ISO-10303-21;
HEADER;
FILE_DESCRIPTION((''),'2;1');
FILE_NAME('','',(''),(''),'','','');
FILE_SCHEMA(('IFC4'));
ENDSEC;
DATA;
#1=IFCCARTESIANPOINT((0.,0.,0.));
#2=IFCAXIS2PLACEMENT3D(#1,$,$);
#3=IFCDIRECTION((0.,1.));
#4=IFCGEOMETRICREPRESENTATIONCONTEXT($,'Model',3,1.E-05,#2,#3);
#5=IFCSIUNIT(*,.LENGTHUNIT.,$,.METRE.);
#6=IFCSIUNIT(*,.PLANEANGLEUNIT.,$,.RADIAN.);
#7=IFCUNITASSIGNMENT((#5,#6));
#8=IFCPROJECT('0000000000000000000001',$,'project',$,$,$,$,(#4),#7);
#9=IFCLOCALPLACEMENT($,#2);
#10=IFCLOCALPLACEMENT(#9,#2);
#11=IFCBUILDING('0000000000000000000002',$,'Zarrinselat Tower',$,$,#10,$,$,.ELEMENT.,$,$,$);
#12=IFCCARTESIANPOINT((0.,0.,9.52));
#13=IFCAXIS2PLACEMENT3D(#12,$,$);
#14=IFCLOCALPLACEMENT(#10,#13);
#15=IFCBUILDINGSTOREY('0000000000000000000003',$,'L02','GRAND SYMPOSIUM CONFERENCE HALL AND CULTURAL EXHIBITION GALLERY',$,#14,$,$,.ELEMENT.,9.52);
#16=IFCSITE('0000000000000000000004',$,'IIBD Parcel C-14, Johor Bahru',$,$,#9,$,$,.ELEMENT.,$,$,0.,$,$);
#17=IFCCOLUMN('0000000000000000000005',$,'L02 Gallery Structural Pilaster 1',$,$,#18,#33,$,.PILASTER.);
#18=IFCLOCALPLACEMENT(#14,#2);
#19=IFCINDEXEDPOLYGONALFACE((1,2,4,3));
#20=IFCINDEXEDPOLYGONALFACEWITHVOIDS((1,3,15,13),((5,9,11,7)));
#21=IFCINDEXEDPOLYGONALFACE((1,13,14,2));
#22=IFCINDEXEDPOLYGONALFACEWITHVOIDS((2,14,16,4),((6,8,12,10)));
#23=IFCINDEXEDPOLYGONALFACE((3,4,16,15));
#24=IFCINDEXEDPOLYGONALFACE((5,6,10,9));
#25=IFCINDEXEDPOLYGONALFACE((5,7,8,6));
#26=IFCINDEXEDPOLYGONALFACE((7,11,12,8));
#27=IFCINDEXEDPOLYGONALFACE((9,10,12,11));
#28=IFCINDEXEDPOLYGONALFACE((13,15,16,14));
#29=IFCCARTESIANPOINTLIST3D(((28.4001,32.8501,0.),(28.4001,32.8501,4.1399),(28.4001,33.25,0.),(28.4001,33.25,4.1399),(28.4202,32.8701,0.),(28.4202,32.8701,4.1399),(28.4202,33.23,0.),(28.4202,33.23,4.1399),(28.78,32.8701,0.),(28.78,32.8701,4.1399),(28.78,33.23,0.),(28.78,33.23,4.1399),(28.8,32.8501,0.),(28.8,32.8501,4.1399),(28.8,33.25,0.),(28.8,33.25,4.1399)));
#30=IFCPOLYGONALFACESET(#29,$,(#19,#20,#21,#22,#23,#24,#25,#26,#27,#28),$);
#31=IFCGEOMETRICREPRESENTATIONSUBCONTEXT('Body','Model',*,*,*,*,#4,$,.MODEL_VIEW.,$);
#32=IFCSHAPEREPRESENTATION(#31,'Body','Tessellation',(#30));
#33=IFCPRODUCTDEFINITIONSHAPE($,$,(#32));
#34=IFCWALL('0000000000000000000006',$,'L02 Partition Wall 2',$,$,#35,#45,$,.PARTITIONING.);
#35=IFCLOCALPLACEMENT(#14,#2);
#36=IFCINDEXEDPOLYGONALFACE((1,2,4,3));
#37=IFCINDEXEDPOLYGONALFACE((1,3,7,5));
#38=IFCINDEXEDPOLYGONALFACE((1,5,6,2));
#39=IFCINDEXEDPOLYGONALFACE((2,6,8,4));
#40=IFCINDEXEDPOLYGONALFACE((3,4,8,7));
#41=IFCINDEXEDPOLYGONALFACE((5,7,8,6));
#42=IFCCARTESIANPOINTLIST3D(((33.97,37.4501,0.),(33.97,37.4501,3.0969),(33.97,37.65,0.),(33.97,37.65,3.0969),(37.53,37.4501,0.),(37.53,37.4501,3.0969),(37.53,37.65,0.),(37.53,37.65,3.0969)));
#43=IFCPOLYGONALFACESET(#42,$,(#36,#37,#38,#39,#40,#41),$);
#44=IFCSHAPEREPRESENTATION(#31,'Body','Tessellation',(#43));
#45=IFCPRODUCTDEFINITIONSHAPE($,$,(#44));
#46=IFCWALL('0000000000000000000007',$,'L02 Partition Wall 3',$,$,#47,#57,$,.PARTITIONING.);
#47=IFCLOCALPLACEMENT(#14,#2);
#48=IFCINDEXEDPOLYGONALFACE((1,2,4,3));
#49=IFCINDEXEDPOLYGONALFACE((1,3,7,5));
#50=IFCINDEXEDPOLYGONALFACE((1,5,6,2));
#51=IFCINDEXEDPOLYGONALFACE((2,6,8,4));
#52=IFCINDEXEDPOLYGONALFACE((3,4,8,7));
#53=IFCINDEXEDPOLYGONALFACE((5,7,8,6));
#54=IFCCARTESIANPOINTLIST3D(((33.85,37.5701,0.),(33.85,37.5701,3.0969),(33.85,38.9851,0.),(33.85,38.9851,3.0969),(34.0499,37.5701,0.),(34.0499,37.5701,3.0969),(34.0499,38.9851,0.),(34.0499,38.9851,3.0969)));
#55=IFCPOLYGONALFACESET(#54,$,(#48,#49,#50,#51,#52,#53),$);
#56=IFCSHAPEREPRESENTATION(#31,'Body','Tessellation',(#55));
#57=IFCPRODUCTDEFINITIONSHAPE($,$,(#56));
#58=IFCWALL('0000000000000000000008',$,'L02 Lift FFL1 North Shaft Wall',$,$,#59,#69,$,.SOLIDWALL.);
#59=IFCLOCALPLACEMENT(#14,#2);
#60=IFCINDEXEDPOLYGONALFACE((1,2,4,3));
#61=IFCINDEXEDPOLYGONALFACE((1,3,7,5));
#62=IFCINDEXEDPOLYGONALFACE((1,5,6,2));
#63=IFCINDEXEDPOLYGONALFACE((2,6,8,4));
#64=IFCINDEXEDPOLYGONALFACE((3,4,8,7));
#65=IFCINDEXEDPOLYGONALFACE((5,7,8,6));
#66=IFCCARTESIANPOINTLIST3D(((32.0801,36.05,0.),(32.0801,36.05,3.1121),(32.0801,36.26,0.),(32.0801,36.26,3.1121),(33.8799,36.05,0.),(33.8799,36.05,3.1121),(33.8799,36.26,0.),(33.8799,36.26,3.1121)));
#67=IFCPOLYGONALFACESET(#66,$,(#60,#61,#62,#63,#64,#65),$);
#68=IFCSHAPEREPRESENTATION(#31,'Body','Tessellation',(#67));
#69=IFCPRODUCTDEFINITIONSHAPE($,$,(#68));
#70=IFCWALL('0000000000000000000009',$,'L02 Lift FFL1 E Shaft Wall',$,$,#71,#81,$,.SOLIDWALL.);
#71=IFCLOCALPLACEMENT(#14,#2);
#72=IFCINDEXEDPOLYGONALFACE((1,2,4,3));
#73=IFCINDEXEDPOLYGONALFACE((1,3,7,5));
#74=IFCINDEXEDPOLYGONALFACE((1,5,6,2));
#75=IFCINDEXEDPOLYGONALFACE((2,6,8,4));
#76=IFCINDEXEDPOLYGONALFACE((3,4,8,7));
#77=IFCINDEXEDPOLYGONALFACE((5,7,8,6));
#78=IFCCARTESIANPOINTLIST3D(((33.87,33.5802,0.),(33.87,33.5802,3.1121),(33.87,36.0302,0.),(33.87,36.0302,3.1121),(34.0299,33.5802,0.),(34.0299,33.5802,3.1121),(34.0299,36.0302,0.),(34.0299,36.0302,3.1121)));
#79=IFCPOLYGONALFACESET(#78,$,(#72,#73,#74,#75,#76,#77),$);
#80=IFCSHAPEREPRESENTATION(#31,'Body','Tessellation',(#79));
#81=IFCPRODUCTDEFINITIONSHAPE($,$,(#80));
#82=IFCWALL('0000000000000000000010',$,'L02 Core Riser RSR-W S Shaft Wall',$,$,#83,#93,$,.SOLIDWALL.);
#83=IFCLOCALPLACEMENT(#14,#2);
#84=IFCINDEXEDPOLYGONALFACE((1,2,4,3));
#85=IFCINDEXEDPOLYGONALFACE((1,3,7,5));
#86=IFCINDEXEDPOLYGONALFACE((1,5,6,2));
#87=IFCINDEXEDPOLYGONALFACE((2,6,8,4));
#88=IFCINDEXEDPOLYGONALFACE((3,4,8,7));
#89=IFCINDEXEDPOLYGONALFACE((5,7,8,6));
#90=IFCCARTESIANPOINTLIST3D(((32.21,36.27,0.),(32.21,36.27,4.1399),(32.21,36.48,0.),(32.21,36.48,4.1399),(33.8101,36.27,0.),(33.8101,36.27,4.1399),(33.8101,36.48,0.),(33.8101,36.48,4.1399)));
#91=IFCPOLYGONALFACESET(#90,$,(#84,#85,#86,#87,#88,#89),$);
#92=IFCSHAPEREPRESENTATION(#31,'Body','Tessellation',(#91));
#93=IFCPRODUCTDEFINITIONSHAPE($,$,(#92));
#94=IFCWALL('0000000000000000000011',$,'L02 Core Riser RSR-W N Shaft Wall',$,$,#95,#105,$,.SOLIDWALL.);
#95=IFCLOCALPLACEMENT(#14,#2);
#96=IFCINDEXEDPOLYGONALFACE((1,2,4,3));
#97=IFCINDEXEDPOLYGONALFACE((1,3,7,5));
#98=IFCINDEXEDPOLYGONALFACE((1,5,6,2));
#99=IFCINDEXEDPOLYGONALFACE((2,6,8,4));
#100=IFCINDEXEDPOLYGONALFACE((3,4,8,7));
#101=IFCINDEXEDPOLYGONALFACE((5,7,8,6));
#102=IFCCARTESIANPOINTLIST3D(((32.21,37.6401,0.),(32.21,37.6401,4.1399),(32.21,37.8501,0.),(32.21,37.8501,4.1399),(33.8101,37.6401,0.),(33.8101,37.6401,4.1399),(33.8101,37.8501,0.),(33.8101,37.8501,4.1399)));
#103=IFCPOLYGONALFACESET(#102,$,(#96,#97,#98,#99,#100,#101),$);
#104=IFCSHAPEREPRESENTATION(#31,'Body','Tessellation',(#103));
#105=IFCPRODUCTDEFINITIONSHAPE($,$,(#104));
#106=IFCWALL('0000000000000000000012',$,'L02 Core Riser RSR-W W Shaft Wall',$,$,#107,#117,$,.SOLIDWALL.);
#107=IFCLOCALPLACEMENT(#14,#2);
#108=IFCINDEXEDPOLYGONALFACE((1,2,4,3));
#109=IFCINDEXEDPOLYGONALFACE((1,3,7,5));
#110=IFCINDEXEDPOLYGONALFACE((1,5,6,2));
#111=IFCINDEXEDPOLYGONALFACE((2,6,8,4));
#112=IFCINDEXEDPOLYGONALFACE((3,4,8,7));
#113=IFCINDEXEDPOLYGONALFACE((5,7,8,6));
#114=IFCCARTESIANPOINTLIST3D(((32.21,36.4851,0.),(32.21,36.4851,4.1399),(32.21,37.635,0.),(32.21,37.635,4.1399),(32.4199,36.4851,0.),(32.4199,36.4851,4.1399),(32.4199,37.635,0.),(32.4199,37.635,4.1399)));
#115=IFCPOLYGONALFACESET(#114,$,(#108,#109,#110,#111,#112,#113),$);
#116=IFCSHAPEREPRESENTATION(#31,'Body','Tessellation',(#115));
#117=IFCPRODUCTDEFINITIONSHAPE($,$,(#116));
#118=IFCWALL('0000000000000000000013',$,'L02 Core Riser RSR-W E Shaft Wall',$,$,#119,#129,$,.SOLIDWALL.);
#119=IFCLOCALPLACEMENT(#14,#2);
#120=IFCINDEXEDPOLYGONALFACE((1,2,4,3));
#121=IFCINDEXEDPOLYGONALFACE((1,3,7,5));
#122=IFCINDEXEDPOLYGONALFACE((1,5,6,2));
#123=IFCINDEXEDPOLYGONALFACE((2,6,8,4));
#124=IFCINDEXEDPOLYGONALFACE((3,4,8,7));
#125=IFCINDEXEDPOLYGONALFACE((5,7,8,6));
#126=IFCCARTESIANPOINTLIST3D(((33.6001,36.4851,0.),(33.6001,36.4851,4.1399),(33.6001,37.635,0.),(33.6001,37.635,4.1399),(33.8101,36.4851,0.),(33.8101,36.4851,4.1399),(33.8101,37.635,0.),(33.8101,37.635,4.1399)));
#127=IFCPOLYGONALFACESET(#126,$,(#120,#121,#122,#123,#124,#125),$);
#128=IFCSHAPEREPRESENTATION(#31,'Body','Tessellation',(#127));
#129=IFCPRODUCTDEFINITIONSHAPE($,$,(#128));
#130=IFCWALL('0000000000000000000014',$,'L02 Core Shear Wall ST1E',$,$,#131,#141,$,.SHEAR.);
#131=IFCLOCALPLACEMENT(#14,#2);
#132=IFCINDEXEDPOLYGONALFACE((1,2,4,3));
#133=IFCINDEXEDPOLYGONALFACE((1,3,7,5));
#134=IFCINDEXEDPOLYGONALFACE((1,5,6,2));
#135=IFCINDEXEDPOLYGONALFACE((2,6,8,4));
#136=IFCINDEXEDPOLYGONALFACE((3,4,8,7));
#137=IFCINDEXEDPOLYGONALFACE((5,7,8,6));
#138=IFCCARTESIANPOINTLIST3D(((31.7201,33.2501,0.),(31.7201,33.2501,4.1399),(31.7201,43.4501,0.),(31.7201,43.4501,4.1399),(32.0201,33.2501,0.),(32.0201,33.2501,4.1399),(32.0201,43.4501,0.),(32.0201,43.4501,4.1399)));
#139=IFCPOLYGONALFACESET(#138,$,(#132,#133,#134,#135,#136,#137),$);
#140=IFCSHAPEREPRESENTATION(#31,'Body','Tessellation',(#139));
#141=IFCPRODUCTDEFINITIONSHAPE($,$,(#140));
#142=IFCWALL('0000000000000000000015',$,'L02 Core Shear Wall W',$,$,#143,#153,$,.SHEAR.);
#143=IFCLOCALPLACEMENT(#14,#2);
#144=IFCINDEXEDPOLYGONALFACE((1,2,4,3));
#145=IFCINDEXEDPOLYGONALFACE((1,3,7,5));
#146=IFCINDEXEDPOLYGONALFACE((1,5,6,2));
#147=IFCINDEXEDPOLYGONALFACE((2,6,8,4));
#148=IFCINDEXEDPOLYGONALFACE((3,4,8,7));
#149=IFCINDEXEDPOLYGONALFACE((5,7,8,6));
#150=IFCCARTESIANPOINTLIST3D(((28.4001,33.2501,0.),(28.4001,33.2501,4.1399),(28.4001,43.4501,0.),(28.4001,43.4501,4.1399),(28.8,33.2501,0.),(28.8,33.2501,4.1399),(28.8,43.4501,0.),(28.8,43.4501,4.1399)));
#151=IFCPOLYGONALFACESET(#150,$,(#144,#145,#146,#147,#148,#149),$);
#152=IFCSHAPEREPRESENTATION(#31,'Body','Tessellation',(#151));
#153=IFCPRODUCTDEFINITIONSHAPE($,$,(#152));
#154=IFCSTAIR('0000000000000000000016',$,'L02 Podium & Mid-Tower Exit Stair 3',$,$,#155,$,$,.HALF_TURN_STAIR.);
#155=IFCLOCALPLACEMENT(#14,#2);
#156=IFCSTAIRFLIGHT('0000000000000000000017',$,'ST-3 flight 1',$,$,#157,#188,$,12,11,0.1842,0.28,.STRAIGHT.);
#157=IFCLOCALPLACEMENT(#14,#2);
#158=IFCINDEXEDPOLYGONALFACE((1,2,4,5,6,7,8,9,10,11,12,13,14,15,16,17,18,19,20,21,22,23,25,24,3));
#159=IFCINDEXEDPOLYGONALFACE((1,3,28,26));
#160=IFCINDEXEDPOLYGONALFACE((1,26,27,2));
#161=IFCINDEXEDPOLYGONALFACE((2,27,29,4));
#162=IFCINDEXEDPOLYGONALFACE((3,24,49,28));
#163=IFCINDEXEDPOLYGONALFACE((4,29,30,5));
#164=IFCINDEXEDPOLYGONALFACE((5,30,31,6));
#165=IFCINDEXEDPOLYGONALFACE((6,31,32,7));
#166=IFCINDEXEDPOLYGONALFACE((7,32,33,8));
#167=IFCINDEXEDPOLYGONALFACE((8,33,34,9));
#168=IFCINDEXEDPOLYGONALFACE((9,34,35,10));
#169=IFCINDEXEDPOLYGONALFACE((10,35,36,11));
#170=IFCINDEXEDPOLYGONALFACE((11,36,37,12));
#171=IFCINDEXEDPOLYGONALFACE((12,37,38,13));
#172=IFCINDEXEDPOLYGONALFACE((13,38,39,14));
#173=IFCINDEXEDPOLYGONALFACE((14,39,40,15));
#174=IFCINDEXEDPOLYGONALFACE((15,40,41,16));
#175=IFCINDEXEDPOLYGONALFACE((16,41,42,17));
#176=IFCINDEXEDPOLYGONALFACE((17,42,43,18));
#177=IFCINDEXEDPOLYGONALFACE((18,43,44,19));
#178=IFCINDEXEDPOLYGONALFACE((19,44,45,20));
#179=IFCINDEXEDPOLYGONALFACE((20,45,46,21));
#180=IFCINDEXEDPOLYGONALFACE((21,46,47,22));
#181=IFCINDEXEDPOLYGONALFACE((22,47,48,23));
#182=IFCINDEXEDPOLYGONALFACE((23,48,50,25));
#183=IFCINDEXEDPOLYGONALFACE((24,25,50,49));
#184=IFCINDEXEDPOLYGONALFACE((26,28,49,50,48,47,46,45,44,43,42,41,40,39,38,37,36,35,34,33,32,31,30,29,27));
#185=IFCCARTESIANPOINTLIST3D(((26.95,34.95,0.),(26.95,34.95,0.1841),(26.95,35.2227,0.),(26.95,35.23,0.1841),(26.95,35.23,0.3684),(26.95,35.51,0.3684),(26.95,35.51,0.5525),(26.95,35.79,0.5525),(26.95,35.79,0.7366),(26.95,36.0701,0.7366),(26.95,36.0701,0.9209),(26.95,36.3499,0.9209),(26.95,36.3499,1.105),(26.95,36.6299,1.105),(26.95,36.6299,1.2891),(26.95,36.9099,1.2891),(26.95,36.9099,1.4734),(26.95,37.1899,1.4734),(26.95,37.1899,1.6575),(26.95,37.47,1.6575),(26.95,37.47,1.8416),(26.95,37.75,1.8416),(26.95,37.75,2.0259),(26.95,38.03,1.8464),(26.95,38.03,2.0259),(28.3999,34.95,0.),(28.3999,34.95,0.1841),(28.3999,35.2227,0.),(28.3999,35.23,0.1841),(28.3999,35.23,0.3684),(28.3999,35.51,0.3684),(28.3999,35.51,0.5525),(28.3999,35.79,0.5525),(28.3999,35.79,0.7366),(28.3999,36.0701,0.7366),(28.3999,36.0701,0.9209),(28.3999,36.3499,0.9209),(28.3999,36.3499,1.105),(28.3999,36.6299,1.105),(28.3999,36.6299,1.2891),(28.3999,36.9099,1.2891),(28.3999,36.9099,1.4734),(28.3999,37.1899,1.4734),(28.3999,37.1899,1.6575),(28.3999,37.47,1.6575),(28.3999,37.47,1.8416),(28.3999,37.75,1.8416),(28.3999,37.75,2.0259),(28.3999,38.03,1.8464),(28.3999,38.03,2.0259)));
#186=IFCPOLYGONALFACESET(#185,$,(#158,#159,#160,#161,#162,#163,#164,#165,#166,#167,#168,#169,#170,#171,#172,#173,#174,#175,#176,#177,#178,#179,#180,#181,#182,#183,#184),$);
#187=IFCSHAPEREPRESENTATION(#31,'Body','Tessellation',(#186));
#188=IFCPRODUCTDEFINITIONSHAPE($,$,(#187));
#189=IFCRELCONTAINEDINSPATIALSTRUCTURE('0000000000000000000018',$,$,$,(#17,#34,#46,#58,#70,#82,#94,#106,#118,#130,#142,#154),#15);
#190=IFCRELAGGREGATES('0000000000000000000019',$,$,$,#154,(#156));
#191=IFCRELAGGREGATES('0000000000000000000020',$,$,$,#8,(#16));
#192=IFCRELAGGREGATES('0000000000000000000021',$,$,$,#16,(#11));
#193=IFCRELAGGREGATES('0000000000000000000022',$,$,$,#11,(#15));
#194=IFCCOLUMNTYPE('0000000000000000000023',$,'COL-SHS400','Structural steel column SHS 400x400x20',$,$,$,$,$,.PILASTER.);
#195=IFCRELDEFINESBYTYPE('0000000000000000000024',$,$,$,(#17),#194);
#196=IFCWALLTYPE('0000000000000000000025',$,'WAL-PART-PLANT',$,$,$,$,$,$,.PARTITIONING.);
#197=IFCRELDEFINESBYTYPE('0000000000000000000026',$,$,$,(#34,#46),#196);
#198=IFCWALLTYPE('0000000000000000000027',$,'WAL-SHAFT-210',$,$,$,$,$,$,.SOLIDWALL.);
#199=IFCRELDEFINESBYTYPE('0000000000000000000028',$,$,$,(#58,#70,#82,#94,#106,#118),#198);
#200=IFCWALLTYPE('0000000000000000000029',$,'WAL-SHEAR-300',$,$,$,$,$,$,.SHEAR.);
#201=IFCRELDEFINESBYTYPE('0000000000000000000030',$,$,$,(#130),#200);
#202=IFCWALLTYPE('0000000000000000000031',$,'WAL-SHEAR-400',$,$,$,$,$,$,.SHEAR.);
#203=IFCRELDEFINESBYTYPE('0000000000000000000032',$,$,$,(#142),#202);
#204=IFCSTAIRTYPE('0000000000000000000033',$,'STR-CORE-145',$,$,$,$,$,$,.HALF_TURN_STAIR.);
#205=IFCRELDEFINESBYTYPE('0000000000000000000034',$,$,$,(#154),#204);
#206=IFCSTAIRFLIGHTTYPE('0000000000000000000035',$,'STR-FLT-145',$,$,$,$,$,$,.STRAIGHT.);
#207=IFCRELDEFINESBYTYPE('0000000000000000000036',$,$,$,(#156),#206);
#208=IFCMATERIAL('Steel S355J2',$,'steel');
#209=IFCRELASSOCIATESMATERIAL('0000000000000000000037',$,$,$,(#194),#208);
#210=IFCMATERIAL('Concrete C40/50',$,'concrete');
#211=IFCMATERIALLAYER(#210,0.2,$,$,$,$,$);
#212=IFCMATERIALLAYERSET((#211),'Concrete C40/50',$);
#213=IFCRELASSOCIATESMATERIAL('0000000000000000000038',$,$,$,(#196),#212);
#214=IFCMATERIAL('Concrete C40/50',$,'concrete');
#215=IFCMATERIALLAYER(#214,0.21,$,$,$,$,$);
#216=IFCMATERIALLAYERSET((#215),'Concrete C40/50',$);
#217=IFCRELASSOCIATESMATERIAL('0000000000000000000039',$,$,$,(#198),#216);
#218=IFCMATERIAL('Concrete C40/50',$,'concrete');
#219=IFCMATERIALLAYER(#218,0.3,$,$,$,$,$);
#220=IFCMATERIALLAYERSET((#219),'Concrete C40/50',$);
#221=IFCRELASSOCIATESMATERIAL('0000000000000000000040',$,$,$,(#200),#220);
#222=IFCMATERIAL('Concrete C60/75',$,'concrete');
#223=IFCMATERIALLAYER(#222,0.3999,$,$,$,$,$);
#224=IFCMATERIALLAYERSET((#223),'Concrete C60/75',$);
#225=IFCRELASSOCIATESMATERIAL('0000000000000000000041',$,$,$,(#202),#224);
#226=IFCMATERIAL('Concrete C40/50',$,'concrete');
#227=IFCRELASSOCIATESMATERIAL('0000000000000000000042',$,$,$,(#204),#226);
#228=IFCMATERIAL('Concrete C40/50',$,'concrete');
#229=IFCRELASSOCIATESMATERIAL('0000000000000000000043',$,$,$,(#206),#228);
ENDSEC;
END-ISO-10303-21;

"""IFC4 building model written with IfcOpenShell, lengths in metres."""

from ifc_helpers import new_model, si_unit, direction, frame, frame_2d, origin, origin_2d, place, context, subcontext, project, spatial, polyline, rectangle, hollow_rectangle, outline, extrude, material, layer, layer_set, material_profile, profile_set, type_object, element, aggregate, save


model = new_model("IFC4")

# Units and contexts
model_context = context("Model", 3, precision=1e-05, world=origin(), true_north=direction((0.0, 1.0)))
body_context = subcontext(model_context, "Body", "Model", "MODEL_VIEW")
ifc_project = project(units=[si_unit("LENGTHUNIT", "METRE"), si_unit("PLANEANGLEUNIT", "RADIAN")], contexts=[model_context])

# Site, building, storey
site_placement = place(None, origin())
site = spatial("IfcSite", under=ifc_project, at=site_placement, Name="IIBD Parcel C-14, Johor Bahru", CompositionType="ELEMENT", RefElevation=0.0)
building_placement = place(site_placement, origin())
building = spatial("IfcBuilding", under=site, at=building_placement, Name="Zarrinselat Tower", CompositionType="ELEMENT")
storey_placement = place(building_placement, frame((0.0, 0.0, 9.52)))
storey = spatial("IfcBuildingStorey", under=building, at=storey_placement, Name="L02", Description="GRAND SYMPOSIUM CONFERENCE HALL AND CULTURAL EXHIBITION GALLERY", CompositionType="ELEMENT", Elevation=9.52)

# Column
ifc_material_1 = material(Name="Steel S355J2", Category="steel")
ifc_material_profile = material_profile(ifc_material_1, hollow_rectangle(XDim=0.3999, YDim=0.3999, WallThickness=0.02, at=origin_2d()), Name="SHS 400x400x20")
ifc_profile_set = profile_set([ifc_material_profile], Name="Steel S355J2")
column_type = type_object("IfcColumnType", Name="COL-SHS400", Description="Structural steel column SHS 400x400x20", PredefinedType="PILASTER", material=ifc_profile_set)
column_placement = place(storey_placement, frame((28.6001, 33.05, 0.0), z_axis=(0.0, 0.0, 1.0), x_axis=(1.0, 0.0, 0.0)))
element("IfcColumn", 1, at=column_placement, inside=storey, type_object=column_type, Name="L02 Gallery Structural Pilaster 1", PredefinedType="PILASTER", context=body_context, shape_type="SweptSolid", body=[
    extrude(hollow_rectangle(XDim=0.3999, YDim=0.3999, WallThickness=0.02, at=origin_2d()), origin(), (0.0, 0.0, 1.0), 4.1399),
])

# Walls
ifc_material_2 = material(Name="Concrete C40/50", Category="concrete")
ifc_layer_1 = layer(ifc_material_2, 0.2)
ifc_layer_set_1 = layer_set([ifc_layer_1], Name="Concrete C40/50")
wall_type_1 = type_object("IfcWallType", Name="WAL-PART-PLANT", PredefinedType="PARTITIONING", material=ifc_layer_set_1)
wall_1_placement = place(storey_placement, frame((33.97, 37.55, 0.0), z_axis=(0.0, 0.0, 1.0), x_axis=(1.0, 0.0, 0.0)))
element("IfcWall", 2, at=wall_1_placement, inside=storey, type_object=wall_type_1, Name="L02 Partition Wall 2", PredefinedType="PARTITIONING", context=body_context, shape_type="SweptSolid", body=[
    extrude(rectangle(XDim=3.5601, YDim=0.2, at=frame_2d((1.78, 0.0))), origin(), (0.0, 0.0, 1.0), 3.0969),
])
wall_2_placement = place(storey_placement, frame((33.95, 37.5701, 0.0), z_axis=(0.0, 0.0, 1.0), x_axis=(0.0, 1.0, 0.0)))
element("IfcWall", 3, at=wall_2_placement, inside=storey, type_object=wall_type_1, Name="L02 Partition Wall 3", PredefinedType="PARTITIONING", context=body_context, shape_type="SweptSolid", body=[
    extrude(rectangle(XDim=1.415, YDim=0.2, at=frame_2d((0.7075, 0.0))), origin(), (0.0, 0.0, 1.0), 3.0969),
])
ifc_material_3 = material(Name="Concrete C40/50", Category="concrete")
ifc_layer_2 = layer(ifc_material_3, 0.21)
ifc_layer_set_2 = layer_set([ifc_layer_2], Name="Concrete C40/50")
wall_type_2 = type_object("IfcWallType", Name="WAL-SHAFT-210", PredefinedType="SOLIDWALL", material=ifc_layer_set_2)
wall_3_placement = place(storey_placement, frame((32.0801, 36.155, 0.0), z_axis=(0.0, 0.0, 1.0), x_axis=(1.0, 0.0, 0.0)))
element("IfcWall", 4, at=wall_3_placement, inside=storey, type_object=wall_type_2, Name="L02 Lift FFL1 North Shaft Wall", PredefinedType="SOLIDWALL", context=body_context, shape_type="SweptSolid", body=[
    extrude(rectangle(XDim=1.7998, YDim=0.21, at=frame_2d((0.8999, 0.0))), origin(), (0.0, 0.0, 1.0), 3.1121),
])
wall_4_placement = place(storey_placement, frame((33.95, 33.5801, 0.0), z_axis=(0.0, 0.0, 1.0), x_axis=(0.0, 1.0, 0.0)))
element("IfcWall", 5, at=wall_4_placement, inside=storey, type_object=wall_type_2, Name="L02 Lift FFL1 E Shaft Wall", PredefinedType="SOLIDWALL", context=body_context, shape_type="SweptSolid", body=[
    extrude(rectangle(XDim=2.45, YDim=0.1599, at=frame_2d((1.2251, 0.0))), origin(), (0.0, 0.0, 1.0), 3.1121),
])
for number, where, z_axis, x_axis, name in (
    (6, (32.21, 36.375, 0.0), (0.0, 0.0, 1.0), (1.0, 0.0, 0.0), "L02 Core Riser RSR-W S Shaft Wall"),
    (7, (32.21, 37.7451, 0.0), (0.0, 0.0, 1.0), (1.0, 0.0, 0.0), "L02 Core Riser RSR-W N Shaft Wall"),
):
    element("IfcWall", number, at=place(storey_placement, frame(where, z_axis=z_axis, x_axis=x_axis)), inside=storey, type_object=wall_type_2, Name=name, PredefinedType="SOLIDWALL", context=body_context, shape_type="SweptSolid", body=[
        extrude(rectangle(XDim=1.6001, YDim=0.21, at=frame_2d((0.8, 0.0))), origin(), (0.0, 0.0, 1.0), 4.1399),
    ])
for number, where, z_axis, x_axis, name in (
    (8, (32.3149, 36.4851, 0.0), (0.0, 0.0, 1.0), (0.0, 1.0, 0.0), "L02 Core Riser RSR-W W Shaft Wall"),
    (9, (33.7051, 36.4851, 0.0), (0.0, 0.0, 1.0), (0.0, 1.0, 0.0), "L02 Core Riser RSR-W E Shaft Wall"),
):
    element("IfcWall", number, at=place(storey_placement, frame(where, z_axis=z_axis, x_axis=x_axis)), inside=storey, type_object=wall_type_2, Name=name, PredefinedType="SOLIDWALL", context=body_context, shape_type="SweptSolid", body=[
        extrude(rectangle(XDim=1.1499, YDim=0.21, at=frame_2d((0.575, 0.0))), origin(), (0.0, 0.0, 1.0), 4.1399),
    ])
ifc_material_4 = material(Name="Concrete C40/50", Category="concrete")
ifc_layer_3 = layer(ifc_material_4, 0.3)
ifc_layer_set_3 = layer_set([ifc_layer_3], Name="Concrete C40/50")
wall_type_3 = type_object("IfcWallType", Name="WAL-SHEAR-300", PredefinedType="SHEAR", material=ifc_layer_set_3)
wall_5_placement = place(storey_placement, frame((31.8701, 33.25, 0.0), z_axis=(0.0, 0.0, 1.0), x_axis=(0.0, 1.0, 0.0)))
element("IfcWall", 10, at=wall_5_placement, inside=storey, type_object=wall_type_3, Name="L02 Core Shear Wall ST1E", PredefinedType="SHEAR", context=body_context, shape_type="SweptSolid", body=[
    extrude(rectangle(XDim=10.2, YDim=0.3, at=frame_2d((5.1001, 0.0))), origin(), (0.0, 0.0, 1.0), 4.1399),
])

# Shared definitions
ifc_material_5 = material(Name="Concrete C60/75", Category="concrete")
ifc_layer_4 = layer(ifc_material_5, 0.3999)
ifc_layer_set_4 = layer_set([ifc_layer_4], Name="Concrete C60/75")
wall_type_4 = type_object("IfcWallType", Name="WAL-SHEAR-400", PredefinedType="SHEAR", material=ifc_layer_set_4)

# Wall
wall_6_placement = place(storey_placement, frame((28.6001, 33.25, 0.0), z_axis=(0.0, 0.0, 1.0), x_axis=(0.0, 1.0, 0.0)))
element("IfcWall", 11, at=wall_6_placement, inside=storey, type_object=wall_type_4, Name="L02 Core Shear Wall W", PredefinedType="SHEAR", context=body_context, shape_type="SweptSolid", body=[
    extrude(rectangle(XDim=10.2, YDim=0.3999, at=frame_2d((5.1001, 0.0))), origin(), (0.0, 0.0, 1.0), 4.1399),
])

# Stair, stair flight
ifc_material_6 = material(Name="Concrete C40/50", Category="concrete")
stair_type_1 = type_object("IfcStairType", Name="STR-CORE-145", PredefinedType="HALF_TURN_STAIR", material=ifc_material_6)
stair_1_placement = place(storey_placement, origin())
stair_1 = element("IfcStair", 12, at=stair_1_placement, inside=storey, type_object=stair_type_1, Name="L02 Podium & Mid-Tower Exit Stair 3", PredefinedType="HALF_TURN_STAIR")
ifc_material_7 = material(Name="Concrete C40/50", Category="concrete")
stair_flight_type_1 = type_object("IfcStairFlightType", Name="STR-FLT-145", PredefinedType="STRAIGHT", material=ifc_material_7)
stair_flight_1_placement = place(storey_placement, frame((27.675, 34.95, 0.0), z_axis=(0.0, 0.0, 1.0), x_axis=(0.0, 1.0, 0.0)))
stair_flight_1 = element("IfcStairFlight", 13, at=stair_flight_1_placement, type_object=stair_flight_type_1, Name="ST-3 flight 1", NumberOfRisers=12, NumberOfTreads=11, PredefinedType="STRAIGHT", RiserHeight=0.1842, TreadLength=0.28, context=body_context, shape_type="SweptSolid", body=[
    extrude(outline(polyline([(0.0, 0.0), (0.0, 0.1841), (0.28, 0.1841), (0.28, 0.3684), (0.5601, 0.3684), (0.5601, 0.5525), (0.8401, 0.5525), (0.8401, 0.7366), (1.1201, 0.7366), (1.1201, 0.9209), (1.3999, 0.9209), (1.3999, 1.105), (1.6799, 1.105), (1.6799, 1.2891), (1.96, 1.2891), (1.96, 1.4734), (2.24, 1.4734), (2.24, 1.6575), (2.52, 1.6575), (2.52, 1.8416), (2.8, 1.8416), (2.8, 2.0259), (3.0801, 2.0259), (3.0801, 2.21), (3.0801, 1.8464), (0.2727, 0.0), (0.0, 0.0)])), frame((0.0, 0.7251, 0.0), z_axis=(0.0, -1.0, 0.0), x_axis=(1.0, 0.0, 0.0)), (0.0, 0.0, 1.0), 1.45),
])
aggregate(stair_1, [stair_flight_1])

save(model, "model.ifc")
